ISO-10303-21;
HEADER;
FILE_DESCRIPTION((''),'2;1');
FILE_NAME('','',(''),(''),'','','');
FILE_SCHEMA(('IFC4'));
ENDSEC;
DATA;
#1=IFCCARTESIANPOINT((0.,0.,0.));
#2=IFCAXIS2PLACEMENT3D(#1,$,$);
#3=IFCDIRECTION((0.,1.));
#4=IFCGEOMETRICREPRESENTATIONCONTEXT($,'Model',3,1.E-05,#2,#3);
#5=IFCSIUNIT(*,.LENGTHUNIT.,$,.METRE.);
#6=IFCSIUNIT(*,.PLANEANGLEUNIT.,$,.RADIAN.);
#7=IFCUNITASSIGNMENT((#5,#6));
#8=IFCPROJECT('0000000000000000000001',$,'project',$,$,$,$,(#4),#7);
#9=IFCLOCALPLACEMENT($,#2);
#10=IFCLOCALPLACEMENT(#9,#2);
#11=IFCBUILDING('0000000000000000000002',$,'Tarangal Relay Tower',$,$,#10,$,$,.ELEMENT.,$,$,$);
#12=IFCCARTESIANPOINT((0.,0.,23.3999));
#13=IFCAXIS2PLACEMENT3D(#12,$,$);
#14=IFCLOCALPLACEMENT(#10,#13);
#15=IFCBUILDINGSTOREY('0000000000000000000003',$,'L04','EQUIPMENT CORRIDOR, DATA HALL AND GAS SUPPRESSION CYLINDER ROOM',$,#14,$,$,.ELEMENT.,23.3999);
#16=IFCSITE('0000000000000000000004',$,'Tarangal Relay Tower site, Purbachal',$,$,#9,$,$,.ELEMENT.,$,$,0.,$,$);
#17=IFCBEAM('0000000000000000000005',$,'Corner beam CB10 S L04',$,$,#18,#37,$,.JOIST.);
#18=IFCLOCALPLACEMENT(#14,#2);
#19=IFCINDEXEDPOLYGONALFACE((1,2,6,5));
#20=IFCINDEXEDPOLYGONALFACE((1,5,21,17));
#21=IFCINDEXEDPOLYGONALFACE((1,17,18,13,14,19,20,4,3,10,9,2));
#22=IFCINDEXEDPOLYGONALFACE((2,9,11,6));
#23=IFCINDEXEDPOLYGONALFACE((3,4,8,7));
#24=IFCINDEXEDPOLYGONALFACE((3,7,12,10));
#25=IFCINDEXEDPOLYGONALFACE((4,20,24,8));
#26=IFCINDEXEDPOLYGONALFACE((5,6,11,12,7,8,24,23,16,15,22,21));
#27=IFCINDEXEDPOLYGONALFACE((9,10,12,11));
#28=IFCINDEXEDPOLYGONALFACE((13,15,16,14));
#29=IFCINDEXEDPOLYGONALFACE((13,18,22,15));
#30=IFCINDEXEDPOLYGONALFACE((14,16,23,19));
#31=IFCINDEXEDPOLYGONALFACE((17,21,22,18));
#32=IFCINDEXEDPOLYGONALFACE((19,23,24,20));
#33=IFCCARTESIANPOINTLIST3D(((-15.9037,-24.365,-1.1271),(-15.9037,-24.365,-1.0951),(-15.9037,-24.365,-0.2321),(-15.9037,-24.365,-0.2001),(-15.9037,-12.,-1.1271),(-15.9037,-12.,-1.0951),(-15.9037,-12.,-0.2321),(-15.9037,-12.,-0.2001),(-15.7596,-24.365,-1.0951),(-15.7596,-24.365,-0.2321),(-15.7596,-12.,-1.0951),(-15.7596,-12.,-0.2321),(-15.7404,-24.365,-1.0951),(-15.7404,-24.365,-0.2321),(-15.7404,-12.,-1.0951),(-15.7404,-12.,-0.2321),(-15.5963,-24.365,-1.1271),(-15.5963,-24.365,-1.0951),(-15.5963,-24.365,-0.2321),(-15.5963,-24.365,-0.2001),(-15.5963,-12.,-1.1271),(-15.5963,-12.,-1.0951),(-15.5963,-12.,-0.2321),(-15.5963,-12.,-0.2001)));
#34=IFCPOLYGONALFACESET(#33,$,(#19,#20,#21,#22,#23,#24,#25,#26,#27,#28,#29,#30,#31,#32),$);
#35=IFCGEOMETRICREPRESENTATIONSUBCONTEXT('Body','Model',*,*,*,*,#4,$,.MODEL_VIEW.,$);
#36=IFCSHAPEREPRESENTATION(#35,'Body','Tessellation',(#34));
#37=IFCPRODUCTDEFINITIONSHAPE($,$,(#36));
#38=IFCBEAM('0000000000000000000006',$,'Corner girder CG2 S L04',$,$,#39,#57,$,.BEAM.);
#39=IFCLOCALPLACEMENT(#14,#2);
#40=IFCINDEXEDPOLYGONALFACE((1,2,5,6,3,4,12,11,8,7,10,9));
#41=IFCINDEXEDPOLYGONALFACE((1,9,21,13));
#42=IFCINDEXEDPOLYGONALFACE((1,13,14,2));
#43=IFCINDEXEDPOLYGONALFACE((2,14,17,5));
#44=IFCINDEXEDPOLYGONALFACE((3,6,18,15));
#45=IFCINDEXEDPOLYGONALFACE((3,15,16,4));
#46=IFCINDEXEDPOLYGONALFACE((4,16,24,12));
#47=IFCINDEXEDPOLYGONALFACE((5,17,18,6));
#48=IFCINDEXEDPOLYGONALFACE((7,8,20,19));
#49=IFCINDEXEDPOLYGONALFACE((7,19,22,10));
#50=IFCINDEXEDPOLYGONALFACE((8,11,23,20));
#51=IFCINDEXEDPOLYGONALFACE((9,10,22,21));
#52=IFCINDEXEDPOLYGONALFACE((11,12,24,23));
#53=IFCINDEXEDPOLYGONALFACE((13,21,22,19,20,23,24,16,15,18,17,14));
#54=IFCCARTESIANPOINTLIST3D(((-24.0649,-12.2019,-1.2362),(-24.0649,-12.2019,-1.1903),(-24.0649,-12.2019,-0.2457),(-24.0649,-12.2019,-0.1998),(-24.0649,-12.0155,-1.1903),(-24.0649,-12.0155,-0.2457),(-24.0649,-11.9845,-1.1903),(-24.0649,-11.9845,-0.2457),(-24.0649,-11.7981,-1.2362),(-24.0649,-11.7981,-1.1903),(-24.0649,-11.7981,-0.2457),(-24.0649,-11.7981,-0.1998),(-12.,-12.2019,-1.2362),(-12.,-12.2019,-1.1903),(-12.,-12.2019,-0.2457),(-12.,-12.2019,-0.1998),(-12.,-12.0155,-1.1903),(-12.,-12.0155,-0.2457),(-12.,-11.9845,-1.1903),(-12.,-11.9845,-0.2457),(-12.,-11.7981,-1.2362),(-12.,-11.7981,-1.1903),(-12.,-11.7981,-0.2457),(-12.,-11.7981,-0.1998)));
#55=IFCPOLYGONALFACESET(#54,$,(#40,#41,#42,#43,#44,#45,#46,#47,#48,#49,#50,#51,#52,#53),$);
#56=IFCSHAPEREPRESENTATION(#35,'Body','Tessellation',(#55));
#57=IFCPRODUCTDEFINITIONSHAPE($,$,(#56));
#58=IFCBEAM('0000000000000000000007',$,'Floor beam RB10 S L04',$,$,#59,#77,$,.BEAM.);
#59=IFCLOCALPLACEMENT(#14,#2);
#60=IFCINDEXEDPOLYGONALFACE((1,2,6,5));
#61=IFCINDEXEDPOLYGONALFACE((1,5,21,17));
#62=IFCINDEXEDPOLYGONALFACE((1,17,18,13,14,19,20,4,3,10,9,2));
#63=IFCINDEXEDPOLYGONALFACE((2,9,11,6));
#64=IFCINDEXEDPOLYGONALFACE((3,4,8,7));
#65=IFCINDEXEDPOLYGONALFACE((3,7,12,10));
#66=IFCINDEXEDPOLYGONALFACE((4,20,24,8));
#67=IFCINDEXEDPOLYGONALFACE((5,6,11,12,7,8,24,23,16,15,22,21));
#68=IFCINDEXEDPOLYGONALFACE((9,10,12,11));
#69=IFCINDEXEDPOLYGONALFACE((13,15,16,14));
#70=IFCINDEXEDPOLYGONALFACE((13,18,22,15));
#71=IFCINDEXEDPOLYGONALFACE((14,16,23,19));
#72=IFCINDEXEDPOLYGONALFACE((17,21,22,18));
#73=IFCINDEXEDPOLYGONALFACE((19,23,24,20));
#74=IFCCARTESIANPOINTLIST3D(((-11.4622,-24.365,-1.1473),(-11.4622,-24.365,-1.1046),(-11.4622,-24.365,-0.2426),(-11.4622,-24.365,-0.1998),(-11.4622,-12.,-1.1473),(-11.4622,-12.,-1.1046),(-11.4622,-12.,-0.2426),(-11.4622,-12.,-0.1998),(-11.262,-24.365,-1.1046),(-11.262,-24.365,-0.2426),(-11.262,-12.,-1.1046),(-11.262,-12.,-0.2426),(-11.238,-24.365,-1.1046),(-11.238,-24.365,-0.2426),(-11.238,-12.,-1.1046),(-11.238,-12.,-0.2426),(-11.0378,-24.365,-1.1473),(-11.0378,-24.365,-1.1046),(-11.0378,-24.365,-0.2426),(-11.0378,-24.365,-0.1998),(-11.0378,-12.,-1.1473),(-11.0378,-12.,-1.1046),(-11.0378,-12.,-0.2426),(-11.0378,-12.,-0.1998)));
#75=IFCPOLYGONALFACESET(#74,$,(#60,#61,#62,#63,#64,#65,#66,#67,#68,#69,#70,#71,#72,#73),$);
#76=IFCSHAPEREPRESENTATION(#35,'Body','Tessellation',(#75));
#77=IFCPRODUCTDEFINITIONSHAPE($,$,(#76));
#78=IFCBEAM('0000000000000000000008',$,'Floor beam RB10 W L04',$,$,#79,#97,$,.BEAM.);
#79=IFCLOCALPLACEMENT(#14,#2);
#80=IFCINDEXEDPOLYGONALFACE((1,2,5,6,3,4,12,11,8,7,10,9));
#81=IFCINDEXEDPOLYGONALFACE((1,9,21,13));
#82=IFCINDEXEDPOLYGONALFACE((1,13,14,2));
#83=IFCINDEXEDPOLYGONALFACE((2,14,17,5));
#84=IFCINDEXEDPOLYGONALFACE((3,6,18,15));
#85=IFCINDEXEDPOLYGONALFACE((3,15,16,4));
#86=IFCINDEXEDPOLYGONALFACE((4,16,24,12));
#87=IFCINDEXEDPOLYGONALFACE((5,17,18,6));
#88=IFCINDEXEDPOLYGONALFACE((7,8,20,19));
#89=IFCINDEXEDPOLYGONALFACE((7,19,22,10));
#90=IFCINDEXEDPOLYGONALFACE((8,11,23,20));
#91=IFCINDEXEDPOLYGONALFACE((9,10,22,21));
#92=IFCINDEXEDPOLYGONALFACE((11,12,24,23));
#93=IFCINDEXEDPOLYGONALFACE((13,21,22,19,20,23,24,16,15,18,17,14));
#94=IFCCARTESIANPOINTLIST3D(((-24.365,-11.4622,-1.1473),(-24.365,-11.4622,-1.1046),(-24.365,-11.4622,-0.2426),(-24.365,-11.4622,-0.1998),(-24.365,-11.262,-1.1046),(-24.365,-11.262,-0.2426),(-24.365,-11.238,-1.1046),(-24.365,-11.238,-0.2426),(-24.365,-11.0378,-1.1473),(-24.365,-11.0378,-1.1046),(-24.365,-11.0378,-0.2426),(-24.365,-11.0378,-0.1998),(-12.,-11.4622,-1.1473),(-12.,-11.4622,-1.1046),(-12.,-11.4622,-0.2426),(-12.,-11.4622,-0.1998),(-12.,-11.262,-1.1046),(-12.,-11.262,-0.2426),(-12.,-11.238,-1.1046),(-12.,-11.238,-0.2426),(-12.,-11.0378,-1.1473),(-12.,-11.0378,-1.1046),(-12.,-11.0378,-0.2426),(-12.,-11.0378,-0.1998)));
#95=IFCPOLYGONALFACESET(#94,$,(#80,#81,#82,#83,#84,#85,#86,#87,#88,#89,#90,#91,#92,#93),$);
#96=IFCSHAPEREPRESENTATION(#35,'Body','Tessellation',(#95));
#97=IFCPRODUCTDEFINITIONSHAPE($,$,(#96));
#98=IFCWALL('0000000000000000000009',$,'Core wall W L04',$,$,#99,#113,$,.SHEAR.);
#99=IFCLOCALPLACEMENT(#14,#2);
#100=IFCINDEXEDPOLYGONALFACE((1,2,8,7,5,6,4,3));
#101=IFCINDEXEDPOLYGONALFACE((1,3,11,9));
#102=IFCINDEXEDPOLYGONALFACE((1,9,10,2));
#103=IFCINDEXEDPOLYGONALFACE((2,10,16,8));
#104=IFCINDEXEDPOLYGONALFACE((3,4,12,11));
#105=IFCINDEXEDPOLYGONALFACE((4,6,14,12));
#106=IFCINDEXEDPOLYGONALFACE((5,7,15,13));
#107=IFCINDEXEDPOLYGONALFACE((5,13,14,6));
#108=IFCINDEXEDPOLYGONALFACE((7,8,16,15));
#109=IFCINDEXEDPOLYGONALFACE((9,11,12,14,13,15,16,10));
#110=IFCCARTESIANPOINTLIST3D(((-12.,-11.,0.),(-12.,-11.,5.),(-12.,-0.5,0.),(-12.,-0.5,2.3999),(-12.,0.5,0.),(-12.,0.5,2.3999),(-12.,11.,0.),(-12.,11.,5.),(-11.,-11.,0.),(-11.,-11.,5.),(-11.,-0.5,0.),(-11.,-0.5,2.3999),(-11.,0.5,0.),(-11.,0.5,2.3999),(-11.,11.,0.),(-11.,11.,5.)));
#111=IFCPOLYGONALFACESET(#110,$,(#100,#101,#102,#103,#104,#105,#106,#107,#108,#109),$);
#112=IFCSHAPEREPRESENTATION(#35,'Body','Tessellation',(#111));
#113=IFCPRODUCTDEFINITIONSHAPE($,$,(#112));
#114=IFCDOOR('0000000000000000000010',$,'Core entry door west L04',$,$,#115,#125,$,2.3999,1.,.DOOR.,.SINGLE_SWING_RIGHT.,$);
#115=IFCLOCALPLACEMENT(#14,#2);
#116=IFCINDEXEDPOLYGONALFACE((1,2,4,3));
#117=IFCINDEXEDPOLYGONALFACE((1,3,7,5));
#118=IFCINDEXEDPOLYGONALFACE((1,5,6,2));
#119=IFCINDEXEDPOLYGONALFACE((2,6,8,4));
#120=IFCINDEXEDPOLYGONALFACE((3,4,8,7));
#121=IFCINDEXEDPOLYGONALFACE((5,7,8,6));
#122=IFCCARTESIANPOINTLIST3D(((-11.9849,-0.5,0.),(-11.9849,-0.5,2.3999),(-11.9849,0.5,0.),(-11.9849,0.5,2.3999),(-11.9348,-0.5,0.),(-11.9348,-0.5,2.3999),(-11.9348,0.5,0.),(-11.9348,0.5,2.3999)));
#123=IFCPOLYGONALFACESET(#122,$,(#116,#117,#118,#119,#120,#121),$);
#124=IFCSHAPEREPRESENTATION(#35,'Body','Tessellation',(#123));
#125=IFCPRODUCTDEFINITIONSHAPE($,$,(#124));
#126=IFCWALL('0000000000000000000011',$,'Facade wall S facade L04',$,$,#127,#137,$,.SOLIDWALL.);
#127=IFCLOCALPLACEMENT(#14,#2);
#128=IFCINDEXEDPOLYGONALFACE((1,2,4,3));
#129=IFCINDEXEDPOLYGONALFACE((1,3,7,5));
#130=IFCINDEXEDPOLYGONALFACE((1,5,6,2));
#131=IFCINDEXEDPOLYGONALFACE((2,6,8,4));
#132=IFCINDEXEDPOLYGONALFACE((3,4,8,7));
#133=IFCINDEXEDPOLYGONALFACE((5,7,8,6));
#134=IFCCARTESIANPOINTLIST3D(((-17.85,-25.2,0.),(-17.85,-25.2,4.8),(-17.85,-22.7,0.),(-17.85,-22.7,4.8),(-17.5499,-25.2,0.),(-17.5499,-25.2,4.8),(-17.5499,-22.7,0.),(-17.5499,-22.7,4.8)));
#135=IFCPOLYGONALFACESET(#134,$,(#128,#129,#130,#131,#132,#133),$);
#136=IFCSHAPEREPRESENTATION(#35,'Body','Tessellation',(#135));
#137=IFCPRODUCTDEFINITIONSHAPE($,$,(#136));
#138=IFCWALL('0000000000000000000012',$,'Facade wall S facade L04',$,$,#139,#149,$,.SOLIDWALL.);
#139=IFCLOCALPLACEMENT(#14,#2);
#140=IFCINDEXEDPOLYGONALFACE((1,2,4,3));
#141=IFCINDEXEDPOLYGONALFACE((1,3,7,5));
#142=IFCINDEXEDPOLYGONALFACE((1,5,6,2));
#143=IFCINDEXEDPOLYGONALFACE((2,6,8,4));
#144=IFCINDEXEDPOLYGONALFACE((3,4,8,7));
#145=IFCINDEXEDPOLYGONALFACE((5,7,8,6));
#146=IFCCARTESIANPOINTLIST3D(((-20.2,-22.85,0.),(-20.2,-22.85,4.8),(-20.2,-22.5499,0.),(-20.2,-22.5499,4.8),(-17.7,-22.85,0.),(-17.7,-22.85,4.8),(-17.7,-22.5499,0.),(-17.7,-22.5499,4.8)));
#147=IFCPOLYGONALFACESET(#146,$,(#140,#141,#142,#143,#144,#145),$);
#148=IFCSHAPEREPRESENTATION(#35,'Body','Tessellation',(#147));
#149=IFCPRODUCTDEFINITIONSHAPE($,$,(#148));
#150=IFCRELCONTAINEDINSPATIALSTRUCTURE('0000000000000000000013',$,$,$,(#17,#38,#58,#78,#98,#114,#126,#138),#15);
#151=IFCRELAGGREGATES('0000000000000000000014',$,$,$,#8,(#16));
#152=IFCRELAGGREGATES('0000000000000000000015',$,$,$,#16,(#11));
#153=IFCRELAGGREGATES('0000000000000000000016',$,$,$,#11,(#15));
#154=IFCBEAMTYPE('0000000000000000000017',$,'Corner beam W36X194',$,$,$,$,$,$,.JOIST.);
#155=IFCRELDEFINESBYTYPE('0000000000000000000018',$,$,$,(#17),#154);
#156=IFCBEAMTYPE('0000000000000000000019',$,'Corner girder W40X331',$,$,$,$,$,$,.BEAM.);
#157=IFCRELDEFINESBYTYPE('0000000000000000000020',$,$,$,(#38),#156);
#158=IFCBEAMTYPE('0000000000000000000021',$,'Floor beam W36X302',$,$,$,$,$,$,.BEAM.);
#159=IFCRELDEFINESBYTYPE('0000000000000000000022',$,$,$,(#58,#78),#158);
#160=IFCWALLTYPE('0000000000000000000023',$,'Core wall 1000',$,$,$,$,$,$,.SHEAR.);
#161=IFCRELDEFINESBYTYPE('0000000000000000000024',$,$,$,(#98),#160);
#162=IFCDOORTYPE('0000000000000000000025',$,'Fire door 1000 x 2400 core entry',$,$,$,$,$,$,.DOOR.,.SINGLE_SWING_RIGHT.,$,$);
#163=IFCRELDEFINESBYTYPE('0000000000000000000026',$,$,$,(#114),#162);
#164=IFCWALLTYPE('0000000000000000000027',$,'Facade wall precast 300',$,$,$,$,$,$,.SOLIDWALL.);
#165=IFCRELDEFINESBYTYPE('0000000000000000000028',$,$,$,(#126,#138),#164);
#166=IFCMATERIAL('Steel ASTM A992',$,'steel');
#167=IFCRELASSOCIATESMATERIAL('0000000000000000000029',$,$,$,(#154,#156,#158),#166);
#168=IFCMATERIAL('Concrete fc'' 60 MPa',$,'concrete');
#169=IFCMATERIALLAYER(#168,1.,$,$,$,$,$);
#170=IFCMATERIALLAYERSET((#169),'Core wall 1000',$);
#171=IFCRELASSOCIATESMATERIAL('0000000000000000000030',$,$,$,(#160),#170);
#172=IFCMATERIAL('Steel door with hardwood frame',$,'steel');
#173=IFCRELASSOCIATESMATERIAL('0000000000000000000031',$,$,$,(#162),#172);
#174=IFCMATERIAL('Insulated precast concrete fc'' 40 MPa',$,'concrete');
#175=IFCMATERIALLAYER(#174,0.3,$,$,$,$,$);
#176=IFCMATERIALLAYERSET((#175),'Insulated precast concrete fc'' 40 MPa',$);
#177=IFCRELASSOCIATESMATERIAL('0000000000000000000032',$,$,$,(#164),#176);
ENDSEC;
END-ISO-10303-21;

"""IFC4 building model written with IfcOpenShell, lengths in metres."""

from ifc_helpers import new_model, si_unit, direction, frame, frame_2d, origin, origin_2d, place, context, subcontext, project, spatial, rectangle, i_section, extrude, material, layer, layer_set, material_profile, profile_set, type_object, element, fill, save


model = new_model("IFC4")

# Units and contexts
model_context = context("Model", 3, precision=1e-05, world=origin(), true_north=direction((0.0, 1.0)))
body_context = subcontext(model_context, "Body", "Model", "MODEL_VIEW")
ifc_project = project(units=[si_unit("LENGTHUNIT", "METRE"), si_unit("PLANEANGLEUNIT", "RADIAN")], contexts=[model_context])

# Site, building, storey
site_placement = place(None, origin())
site = spatial("IfcSite", under=ifc_project, at=site_placement, Name="Tarangal Relay Tower site, Purbachal", CompositionType="ELEMENT", RefElevation=0.0)
building_placement = place(site_placement, origin())
building = spatial("IfcBuilding", under=site, at=building_placement, Name="Tarangal Relay Tower", CompositionType="ELEMENT")
storey_placement = place(building_placement, frame((0.0, 0.0, 23.3999)))
storey = spatial("IfcBuildingStorey", under=building, at=storey_placement, Name="L04", Description="EQUIPMENT CORRIDOR, DATA HALL AND GAS SUPPRESSION CYLINDER ROOM", CompositionType="ELEMENT", Elevation=23.3999)

# Beams
ifc_material_1 = material(Name="Steel ASTM A992", Category="steel")
ifc_material_profile_1 = material_profile(ifc_material_1, i_section(OverallWidth=0.3074, OverallDepth=0.927, WebThickness=0.0193, FlangeThickness=0.032, at=origin_2d()), Name="W36X194")
ifc_profile_set_1 = profile_set([ifc_material_profile_1], Name="Steel ASTM A992")
beam_type_1 = type_object("IfcBeamType", Name="Corner beam W36X194", PredefinedType="JOIST", material=ifc_profile_set_1)
beam_1_placement = place(storey_placement, frame((-15.75, -12.0, -0.6636), z_axis=(0.0, -1.0, 0.0), x_axis=(1.0, 0.0, 0.0)))
element("IfcBeam", 1, at=beam_1_placement, inside=storey, type_object=beam_type_1, Name="Corner beam CB10 S L04", PredefinedType="JOIST", context=body_context, shape_type="SweptSolid", body=[
    extrude(i_section(OverallWidth=0.3074, OverallDepth=0.927, WebThickness=0.0193, FlangeThickness=0.032, at=origin_2d()), origin(), (0.0, 0.0, 1.0), 12.365),
])
ifc_material_profile_2 = material_profile(ifc_material_1, i_section(OverallWidth=0.4038, OverallDepth=1.0364, WebThickness=0.031, FlangeThickness=0.0459, at=origin_2d()), Name="W40X331")
ifc_profile_set_2 = profile_set([ifc_material_profile_2], Name="Steel ASTM A992")
beam_type_2 = type_object("IfcBeamType", Name="Corner girder W40X331", PredefinedType="BEAM", material=ifc_profile_set_2)
beam_2_placement = place(storey_placement, frame((-12.0, -12.0, -0.718), z_axis=(-1.0, 0.0, 0.0), x_axis=(0.0, -1.0, 0.0)))
element("IfcBeam", 2, at=beam_2_placement, inside=storey, type_object=beam_type_2, Name="Corner girder CG2 S L04", PredefinedType="BEAM", context=body_context, shape_type="SweptSolid", body=[
    extrude(i_section(OverallWidth=0.4038, OverallDepth=1.0364, WebThickness=0.031, FlangeThickness=0.0459, at=origin_2d()), origin(), (0.0, 0.0, 1.0), 12.0649),
])
ifc_material_profile_3 = material_profile(ifc_material_1, i_section(OverallWidth=0.4243, OverallDepth=0.9475, WebThickness=0.0239, FlangeThickness=0.0427, at=origin_2d()), Name="W36X302")
ifc_profile_set_3 = profile_set([ifc_material_profile_3], Name="Steel ASTM A992")
beam_type_3 = type_object("IfcBeamType", Name="Floor beam W36X302", PredefinedType="BEAM", material=ifc_profile_set_3)
for number, where, z_axis, x_axis, name in (
    (3, (-11.25, -12.0, -0.6736), (0.0, -1.0, 0.0), (1.0, 0.0, 0.0), "Floor beam RB10 S L04"),
    (4, (-12.0, -11.25, -0.6736), (-1.0, 0.0, 0.0), (0.0, -1.0, 0.0), "Floor beam RB10 W L04"),
):
    element("IfcBeam", number, at=place(storey_placement, frame(where, z_axis=z_axis, x_axis=x_axis)), inside=storey, type_object=beam_type_3, Name=name, PredefinedType="BEAM", context=body_context, shape_type="SweptSolid", body=[
        extrude(i_section(OverallWidth=0.4243, OverallDepth=0.9475, WebThickness=0.0239, FlangeThickness=0.0427, at=origin_2d()), origin(), (0.0, 0.0, 1.0), 12.365),
    ])

# Wall, opening, door
ifc_material_2 = material(Name="Concrete fc' 60 MPa", Category="concrete")
ifc_layer_1 = layer(ifc_material_2, 1.0)
ifc_layer_set_1 = layer_set([ifc_layer_1], Name="Core wall 1000")
wall_type_1 = type_object("IfcWallType", Name="Core wall 1000", PredefinedType="SHEAR", material=ifc_layer_set_1)
wall_1_placement = place(storey_placement, frame((-11.5, -11.0, 0.0), z_axis=(0.0, 0.0, 1.0), x_axis=(0.0, 1.0, 0.0)))
wall_1 = element("IfcWall", 5, at=wall_1_placement, inside=storey, type_object=wall_type_1, Name="Core wall W L04", PredefinedType="SHEAR", context=body_context, shape_type="SweptSolid", body=[
    extrude(rectangle(XDim=22.0, YDim=1.0, at=frame_2d((11.0, 0.0))), origin(), (0.0, 0.0, 1.0), 5.0),
])
opening_1_placement = place(wall_1_placement, frame((10.5, 0.0, 0.0)))
opening_1 = element("IfcOpeningElement", 6, at=opening_1_placement, cuts=wall_1, PredefinedType="OPENING", context=body_context, shape_type="SweptSolid", body=[
    extrude(rectangle(XDim=1.0, YDim=2.3999, at=frame_2d((0.5, 1.2))), frame((0.0, 0.51, 0.0), z_axis=(0.0, -1.0, 0.0), x_axis=(1.0, 0.0, 0.0)), (0.0, 0.0, 1.0), 1.02),
])
ifc_material_3 = material(Name="Steel door with hardwood frame", Category="steel")
door_type_1 = type_object("IfcDoorType", Name="Fire door 1000 x 2400 core entry", OperationType="SINGLE_SWING_RIGHT", PredefinedType="DOOR", material=ifc_material_3)
door_1_placement = place(opening_1_placement, origin())
door_1 = element("IfcDoor", 7, at=door_1_placement, inside=storey, type_object=door_type_1, Name="Core entry door west L04", OperationType="SINGLE_SWING_RIGHT", OverallHeight=2.3999, OverallWidth=1.0, PredefinedType="DOOR", context=body_context, shape_type="SweptSolid", body=[
    extrude(rectangle(XDim=1.0, YDim=2.3999, at=frame_2d((0.5, 1.2))), frame((0.0, 0.4849, 0.0), z_axis=(0.0, -1.0, 0.0), x_axis=(1.0, 0.0, 0.0)), (0.0, 0.0, 1.0), 0.05),
])
fill(opening_1, door_1)

# Walls
ifc_material_4 = material(Name="Insulated precast concrete fc' 40 MPa", Category="concrete")
ifc_layer_2 = layer(ifc_material_4, 0.3)
ifc_layer_set_2 = layer_set([ifc_layer_2], Name="Insulated precast concrete fc' 40 MPa")
wall_type_2 = type_object("IfcWallType", Name="Facade wall precast 300", PredefinedType="SOLIDWALL", material=ifc_layer_set_2)
for number, where, z_axis, x_axis, name in (
    (8, (-17.7, -25.2, 0.0), (0.0, 0.0, 1.0), (0.0, 1.0, 0.0), "Facade wall S facade L04"),
    (9, (-17.7, -22.7, 0.0), (0.0, 0.0, 1.0), (-1.0, 0.0, 0.0), "Facade wall S facade L04"),
):
    element("IfcWall", number, at=place(storey_placement, frame(where, z_axis=z_axis, x_axis=x_axis)), inside=storey, type_object=wall_type_2, Name=name, PredefinedType="SOLIDWALL", context=body_context, shape_type="SweptSolid", body=[
        extrude(rectangle(XDim=2.5, YDim=0.3, at=frame_2d((1.25, 0.0))), origin(), (0.0, 0.0, 1.0), 4.8),
    ])

save(model, "model.ifc")
